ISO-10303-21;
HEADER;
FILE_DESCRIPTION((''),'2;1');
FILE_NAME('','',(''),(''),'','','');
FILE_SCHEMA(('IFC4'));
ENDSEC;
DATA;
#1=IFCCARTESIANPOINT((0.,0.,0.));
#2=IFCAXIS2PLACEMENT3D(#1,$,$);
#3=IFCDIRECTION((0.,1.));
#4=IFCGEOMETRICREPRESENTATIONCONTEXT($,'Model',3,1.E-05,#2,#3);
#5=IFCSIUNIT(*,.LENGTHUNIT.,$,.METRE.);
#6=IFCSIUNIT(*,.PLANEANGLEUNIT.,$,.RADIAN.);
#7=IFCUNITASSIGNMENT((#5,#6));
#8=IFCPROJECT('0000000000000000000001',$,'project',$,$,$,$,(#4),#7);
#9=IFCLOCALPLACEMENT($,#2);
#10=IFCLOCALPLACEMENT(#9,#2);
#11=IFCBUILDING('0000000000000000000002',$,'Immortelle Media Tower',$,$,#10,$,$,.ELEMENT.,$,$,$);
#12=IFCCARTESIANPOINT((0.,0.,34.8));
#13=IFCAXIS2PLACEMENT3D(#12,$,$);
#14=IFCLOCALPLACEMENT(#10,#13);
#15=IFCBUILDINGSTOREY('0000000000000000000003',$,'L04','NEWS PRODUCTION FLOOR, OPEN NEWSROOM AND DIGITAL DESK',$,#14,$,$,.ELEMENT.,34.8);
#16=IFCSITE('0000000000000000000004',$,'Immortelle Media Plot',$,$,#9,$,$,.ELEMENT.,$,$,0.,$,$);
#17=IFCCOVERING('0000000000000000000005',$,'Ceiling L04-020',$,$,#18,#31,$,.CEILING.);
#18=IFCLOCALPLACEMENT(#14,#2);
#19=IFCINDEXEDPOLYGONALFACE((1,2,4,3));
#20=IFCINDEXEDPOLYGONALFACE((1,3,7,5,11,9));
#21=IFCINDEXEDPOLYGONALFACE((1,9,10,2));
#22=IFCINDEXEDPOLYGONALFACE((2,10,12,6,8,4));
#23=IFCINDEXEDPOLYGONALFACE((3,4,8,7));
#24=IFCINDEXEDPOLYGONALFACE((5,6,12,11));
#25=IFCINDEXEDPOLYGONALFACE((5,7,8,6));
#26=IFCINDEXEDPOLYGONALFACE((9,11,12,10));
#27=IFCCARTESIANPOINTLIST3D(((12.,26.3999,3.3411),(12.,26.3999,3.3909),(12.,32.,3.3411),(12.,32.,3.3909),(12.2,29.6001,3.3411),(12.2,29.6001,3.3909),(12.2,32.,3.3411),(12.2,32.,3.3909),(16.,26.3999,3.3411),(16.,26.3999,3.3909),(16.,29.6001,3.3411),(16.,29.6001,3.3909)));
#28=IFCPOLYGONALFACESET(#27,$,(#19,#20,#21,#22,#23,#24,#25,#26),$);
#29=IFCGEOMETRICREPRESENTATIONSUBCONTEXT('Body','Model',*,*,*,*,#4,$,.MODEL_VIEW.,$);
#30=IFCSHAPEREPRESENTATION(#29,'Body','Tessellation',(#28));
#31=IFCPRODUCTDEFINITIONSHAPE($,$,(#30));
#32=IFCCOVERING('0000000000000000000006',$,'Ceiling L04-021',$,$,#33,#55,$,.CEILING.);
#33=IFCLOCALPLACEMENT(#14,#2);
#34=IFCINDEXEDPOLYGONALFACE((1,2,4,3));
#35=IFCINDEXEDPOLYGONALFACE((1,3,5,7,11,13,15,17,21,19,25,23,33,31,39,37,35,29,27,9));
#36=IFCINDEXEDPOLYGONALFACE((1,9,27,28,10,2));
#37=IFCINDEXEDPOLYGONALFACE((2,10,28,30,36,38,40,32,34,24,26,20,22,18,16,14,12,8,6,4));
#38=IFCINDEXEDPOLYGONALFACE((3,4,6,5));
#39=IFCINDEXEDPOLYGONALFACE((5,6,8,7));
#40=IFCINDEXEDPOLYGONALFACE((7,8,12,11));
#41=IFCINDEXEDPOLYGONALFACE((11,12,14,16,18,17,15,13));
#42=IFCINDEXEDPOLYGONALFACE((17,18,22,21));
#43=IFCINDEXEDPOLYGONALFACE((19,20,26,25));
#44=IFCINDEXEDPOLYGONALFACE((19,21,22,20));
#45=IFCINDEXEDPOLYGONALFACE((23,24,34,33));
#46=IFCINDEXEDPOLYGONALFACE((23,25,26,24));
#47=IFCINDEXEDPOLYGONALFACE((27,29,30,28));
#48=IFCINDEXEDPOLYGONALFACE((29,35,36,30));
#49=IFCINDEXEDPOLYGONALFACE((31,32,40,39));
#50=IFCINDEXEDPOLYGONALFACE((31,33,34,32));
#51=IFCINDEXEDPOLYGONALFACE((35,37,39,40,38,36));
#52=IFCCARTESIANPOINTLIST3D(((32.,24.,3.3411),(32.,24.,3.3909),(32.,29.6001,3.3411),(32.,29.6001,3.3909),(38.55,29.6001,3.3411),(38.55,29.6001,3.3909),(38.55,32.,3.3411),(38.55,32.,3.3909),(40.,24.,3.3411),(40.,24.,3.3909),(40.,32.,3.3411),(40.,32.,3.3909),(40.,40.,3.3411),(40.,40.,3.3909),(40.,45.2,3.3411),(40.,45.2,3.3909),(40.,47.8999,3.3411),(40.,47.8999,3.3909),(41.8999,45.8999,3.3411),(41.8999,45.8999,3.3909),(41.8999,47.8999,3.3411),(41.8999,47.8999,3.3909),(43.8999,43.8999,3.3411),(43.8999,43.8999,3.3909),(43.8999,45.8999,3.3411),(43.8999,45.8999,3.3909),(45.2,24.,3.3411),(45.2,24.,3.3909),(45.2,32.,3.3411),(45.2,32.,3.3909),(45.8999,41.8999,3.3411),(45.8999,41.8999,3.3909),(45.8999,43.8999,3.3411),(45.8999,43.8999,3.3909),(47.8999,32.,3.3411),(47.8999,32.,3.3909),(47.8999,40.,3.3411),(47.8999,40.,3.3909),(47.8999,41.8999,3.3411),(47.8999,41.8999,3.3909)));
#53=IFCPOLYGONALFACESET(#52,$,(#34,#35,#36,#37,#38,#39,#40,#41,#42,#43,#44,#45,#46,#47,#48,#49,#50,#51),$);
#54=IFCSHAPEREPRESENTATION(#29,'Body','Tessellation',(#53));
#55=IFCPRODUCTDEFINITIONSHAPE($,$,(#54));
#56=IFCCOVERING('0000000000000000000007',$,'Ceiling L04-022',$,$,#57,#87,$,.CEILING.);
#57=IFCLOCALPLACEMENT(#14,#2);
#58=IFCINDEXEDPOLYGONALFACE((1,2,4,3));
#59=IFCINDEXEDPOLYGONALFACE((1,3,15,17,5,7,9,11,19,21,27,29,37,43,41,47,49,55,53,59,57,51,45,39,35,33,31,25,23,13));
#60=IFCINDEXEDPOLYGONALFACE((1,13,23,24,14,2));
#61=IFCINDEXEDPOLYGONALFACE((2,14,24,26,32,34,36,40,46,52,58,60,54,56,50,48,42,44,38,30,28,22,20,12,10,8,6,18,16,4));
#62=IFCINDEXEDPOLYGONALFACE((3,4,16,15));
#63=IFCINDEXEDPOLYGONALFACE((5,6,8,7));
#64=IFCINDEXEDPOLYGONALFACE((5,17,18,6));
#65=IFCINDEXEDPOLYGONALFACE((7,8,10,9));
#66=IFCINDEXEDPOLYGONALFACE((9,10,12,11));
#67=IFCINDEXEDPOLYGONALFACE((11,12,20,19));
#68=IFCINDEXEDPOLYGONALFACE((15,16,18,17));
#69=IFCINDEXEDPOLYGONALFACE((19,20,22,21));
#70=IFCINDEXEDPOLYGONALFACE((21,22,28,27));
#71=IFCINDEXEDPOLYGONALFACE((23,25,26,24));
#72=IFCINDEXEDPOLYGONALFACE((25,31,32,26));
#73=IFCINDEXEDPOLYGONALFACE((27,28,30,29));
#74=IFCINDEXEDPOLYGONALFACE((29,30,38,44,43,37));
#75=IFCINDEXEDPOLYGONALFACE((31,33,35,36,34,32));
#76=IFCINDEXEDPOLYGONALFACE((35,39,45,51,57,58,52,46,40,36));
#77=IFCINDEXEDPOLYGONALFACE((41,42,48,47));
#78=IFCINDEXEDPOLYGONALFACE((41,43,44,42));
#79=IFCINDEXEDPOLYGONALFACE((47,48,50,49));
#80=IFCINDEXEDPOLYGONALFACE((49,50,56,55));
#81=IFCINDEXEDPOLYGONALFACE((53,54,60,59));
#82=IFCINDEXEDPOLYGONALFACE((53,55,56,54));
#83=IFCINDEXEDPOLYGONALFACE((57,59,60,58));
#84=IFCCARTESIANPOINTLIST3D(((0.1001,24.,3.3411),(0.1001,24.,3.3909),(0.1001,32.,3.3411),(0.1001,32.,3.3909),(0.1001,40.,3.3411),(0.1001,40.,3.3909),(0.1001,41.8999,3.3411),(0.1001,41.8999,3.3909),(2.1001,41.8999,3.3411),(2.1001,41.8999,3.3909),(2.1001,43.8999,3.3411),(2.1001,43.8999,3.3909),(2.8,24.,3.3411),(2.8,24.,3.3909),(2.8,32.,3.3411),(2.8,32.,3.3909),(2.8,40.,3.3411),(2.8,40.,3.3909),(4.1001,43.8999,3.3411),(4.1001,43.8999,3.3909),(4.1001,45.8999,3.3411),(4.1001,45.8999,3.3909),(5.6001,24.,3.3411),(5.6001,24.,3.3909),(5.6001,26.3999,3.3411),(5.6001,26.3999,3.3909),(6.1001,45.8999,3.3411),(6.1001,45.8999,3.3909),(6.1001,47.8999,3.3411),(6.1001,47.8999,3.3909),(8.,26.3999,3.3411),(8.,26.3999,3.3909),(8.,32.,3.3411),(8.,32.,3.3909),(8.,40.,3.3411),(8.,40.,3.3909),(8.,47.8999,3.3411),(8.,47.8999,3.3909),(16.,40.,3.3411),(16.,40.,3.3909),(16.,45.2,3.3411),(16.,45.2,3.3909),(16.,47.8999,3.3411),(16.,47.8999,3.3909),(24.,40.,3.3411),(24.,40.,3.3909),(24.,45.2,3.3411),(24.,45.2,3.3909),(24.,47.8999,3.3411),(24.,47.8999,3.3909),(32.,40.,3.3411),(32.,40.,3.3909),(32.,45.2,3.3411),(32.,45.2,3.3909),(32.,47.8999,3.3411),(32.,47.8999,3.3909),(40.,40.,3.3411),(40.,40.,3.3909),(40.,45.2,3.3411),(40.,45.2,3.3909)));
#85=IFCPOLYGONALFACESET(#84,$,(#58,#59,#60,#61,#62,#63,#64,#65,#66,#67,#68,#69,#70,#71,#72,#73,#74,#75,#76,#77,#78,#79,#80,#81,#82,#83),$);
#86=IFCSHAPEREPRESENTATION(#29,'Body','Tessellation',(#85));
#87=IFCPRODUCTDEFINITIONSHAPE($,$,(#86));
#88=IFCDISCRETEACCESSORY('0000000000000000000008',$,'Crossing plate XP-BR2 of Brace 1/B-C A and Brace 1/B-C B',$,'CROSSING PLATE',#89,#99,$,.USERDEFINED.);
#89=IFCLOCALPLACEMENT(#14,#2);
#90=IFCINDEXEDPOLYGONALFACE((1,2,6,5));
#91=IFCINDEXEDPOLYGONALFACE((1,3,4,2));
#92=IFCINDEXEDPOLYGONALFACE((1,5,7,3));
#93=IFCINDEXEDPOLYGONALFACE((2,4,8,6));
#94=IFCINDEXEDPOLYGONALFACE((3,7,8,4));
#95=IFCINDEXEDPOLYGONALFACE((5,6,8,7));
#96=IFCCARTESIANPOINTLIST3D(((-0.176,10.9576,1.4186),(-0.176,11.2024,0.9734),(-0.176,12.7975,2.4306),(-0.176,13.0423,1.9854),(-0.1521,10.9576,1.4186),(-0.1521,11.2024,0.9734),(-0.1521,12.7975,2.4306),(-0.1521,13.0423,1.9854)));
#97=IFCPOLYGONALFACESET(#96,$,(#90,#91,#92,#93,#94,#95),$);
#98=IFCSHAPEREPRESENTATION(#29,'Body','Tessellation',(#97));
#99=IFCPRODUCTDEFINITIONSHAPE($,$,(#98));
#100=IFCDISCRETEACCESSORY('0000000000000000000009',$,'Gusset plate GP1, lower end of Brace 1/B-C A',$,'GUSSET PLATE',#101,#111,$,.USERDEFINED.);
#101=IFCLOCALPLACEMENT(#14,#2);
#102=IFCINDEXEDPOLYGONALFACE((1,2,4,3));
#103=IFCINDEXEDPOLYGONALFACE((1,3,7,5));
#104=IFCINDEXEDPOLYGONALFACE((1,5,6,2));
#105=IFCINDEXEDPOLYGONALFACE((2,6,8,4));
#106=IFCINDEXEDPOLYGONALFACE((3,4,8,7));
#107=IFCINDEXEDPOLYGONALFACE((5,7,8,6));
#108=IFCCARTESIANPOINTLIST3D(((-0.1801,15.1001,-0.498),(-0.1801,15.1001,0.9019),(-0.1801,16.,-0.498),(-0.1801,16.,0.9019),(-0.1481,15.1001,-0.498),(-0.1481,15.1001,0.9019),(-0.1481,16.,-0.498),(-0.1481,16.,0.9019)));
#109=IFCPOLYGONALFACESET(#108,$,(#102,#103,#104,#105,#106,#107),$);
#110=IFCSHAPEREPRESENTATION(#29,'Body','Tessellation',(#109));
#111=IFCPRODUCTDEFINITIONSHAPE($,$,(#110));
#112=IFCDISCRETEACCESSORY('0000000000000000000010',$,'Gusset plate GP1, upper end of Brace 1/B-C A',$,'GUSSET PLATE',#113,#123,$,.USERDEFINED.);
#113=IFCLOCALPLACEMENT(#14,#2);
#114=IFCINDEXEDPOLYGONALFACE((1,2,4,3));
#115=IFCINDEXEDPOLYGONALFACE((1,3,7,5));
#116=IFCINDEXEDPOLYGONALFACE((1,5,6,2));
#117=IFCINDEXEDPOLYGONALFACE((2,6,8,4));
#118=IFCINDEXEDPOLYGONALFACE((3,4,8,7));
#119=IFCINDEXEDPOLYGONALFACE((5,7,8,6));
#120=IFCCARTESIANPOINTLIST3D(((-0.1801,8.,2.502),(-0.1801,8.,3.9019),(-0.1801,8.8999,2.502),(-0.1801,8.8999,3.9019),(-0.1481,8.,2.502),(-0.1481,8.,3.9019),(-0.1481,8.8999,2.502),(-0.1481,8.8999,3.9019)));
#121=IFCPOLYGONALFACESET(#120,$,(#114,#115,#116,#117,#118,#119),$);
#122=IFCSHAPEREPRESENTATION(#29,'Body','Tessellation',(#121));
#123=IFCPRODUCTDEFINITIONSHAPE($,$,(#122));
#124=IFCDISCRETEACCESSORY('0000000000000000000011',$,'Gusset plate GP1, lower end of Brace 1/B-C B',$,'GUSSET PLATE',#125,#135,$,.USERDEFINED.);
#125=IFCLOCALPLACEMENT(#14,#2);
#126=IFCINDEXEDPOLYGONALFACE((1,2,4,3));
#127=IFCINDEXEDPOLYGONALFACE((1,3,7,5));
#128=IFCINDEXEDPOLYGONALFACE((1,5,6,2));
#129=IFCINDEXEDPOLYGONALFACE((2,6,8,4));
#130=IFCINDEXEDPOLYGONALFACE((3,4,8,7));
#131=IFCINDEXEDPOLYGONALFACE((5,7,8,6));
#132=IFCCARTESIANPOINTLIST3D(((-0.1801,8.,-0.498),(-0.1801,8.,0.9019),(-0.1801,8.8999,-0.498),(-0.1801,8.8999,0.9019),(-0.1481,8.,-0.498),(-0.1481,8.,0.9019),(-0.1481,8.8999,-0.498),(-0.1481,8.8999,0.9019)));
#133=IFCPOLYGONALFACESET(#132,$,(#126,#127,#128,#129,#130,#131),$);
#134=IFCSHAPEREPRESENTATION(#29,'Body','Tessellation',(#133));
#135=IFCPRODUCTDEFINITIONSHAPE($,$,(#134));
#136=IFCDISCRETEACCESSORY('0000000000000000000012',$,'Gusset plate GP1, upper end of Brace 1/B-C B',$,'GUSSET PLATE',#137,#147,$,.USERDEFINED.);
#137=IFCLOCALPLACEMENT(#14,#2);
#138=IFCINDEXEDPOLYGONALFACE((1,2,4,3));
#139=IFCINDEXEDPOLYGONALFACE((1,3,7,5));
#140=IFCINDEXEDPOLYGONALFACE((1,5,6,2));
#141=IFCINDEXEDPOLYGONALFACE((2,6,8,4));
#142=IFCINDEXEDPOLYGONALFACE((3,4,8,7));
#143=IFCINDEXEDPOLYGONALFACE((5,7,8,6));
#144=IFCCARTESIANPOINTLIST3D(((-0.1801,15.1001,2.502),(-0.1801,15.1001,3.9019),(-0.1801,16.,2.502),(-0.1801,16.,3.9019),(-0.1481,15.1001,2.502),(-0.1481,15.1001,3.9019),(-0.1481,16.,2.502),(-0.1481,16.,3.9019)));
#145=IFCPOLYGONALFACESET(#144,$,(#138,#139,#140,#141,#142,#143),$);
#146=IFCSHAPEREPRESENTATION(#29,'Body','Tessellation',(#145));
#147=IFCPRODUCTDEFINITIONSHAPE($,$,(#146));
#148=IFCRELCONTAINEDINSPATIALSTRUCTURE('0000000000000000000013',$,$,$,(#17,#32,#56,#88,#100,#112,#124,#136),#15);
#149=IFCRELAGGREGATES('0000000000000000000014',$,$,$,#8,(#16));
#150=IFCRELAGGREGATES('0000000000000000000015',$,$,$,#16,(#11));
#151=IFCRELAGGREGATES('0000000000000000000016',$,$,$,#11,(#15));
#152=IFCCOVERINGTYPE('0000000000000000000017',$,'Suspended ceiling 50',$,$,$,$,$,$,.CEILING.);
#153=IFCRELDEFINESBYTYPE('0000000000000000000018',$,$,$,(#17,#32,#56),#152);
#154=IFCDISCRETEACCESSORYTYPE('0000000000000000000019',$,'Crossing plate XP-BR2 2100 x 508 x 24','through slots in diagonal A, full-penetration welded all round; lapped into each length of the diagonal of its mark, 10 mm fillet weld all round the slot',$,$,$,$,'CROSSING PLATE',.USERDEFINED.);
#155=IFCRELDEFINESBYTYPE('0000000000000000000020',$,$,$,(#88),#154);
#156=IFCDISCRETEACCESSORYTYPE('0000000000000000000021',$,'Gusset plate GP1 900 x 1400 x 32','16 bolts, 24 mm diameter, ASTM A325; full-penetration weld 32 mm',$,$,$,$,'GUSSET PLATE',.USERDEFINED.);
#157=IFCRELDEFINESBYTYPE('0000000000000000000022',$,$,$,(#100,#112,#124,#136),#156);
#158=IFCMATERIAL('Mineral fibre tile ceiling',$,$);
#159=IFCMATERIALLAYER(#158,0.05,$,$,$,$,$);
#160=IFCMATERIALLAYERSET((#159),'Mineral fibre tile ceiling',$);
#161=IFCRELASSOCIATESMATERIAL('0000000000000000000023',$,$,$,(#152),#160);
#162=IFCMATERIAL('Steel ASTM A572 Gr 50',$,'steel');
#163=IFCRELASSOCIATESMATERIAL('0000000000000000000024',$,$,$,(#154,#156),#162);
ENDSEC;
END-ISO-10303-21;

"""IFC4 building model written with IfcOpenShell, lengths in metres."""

from ifc_helpers import new_model, si_unit, direction, frame, origin, origin_2d, place, context, subcontext, project, spatial, polyline, rectangle, outline, extrude, material, layer, layer_set, material_profile, profile_set, type_object, element, save


model = new_model("IFC4")

# Units and contexts
model_context = context("Model", 3, precision=1e-05, world=origin(), true_north=direction((0.0, 1.0)))
body_context = subcontext(model_context, "Body", "Model", "MODEL_VIEW")
ifc_project = project(units=[si_unit("LENGTHUNIT", "METRE"), si_unit("PLANEANGLEUNIT", "RADIAN")], contexts=[model_context])

# Site, building, storey
site_placement = place(None, origin())
site = spatial("IfcSite", under=ifc_project, at=site_placement, Name="Immortelle Media Plot", CompositionType="ELEMENT", RefElevation=0.0)
building_placement = place(site_placement, origin())
building = spatial("IfcBuilding", under=site, at=building_placement, Name="Immortelle Media Tower", CompositionType="ELEMENT")
storey_placement = place(building_placement, frame((0.0, 0.0, 34.8)))
storey = spatial("IfcBuildingStorey", under=building, at=storey_placement, Name="L04", Description="NEWS PRODUCTION FLOOR, OPEN NEWSROOM AND DIGITAL DESK", CompositionType="ELEMENT", Elevation=34.8)

# Coverings
ifc_material_1 = material(Name="Mineral fibre tile ceiling")
ifc_layer_1 = layer(ifc_material_1, 0.05)
ifc_layer_set_1 = layer_set([ifc_layer_1], Name="Mineral fibre tile ceiling")
covering_type = type_object("IfcCoveringType", Name="Suspended ceiling 50", PredefinedType="CEILING", material=ifc_layer_set_1)
covering_1_placement = place(storey_placement, frame((0.0, 0.0, 3.3411)))
element("IfcCovering", 1, at=covering_1_placement, inside=storey, type_object=covering_type, Name="Ceiling L04-020", PredefinedType="CEILING", context=body_context, shape_type="SweptSolid", body=[
    extrude(outline(polyline([(12.2, 32.0), (12.2, 29.6001), (16.0, 29.6001), (16.0, 26.3999), (12.0, 26.3999), (12.0, 32.0), (12.2, 32.0)])), origin(), (0.0, 0.0, 1.0), 0.0498),
])
covering_2_placement = place(storey_placement, frame((0.0, 0.0, 3.3411)))
element("IfcCovering", 2, at=covering_2_placement, inside=storey, type_object=covering_type, Name="Ceiling L04-021", PredefinedType="CEILING", context=body_context, shape_type="SweptSolid", body=[
    extrude(outline(polyline([(38.55, 32.0), (40.0, 32.0), (40.0, 40.0), (40.0, 45.2), (40.0, 47.8999), (41.8999, 47.8999), (41.8999, 45.8999), (43.8999, 45.8999), (43.8999, 43.8999), (45.8999, 43.8999), (45.8999, 41.8999), (47.8999, 41.8999), (47.8999, 40.0), (47.8999, 32.0), (45.2, 32.0), (45.2, 24.0), (40.0, 24.0), (32.0, 24.0), (32.0, 29.6001), (38.55, 29.6001), (38.55, 32.0)])), origin(), (0.0, 0.0, 1.0), 0.0498),
])
covering_3_placement = place(storey_placement, frame((0.0, 0.0, 3.3411)))
element("IfcCovering", 3, at=covering_3_placement, inside=storey, type_object=covering_type, Name="Ceiling L04-022", PredefinedType="CEILING", context=body_context, shape_type="SweptSolid", body=[
    extrude(outline(polyline([(2.8, 40.0), (0.1001, 40.0), (0.1001, 41.8999), (2.1001, 41.8999), (2.1001, 43.8999), (4.1001, 43.8999), (4.1001, 45.8999), (6.1001, 45.8999), (6.1001, 47.8999), (8.0, 47.8999), (16.0, 47.8999), (16.0, 45.2), (24.0, 45.2), (24.0, 47.8999), (32.0, 47.8999), (32.0, 45.2), (40.0, 45.2), (40.0, 40.0), (32.0, 40.0), (24.0, 40.0), (16.0, 40.0), (8.0, 40.0), (8.0, 32.0), (8.0, 26.3999), (5.6001, 26.3999), (5.6001, 24.0), (2.8, 24.0), (0.1001, 24.0), (0.1001, 32.0), (2.8, 32.0), (2.8, 40.0)])), origin(), (0.0, 0.0, 1.0), 0.0498),
])

# Discrete accessories
ifc_material_2 = material(Name="Steel ASTM A572 Gr 50", Category="steel")
ifc_material_profile_1 = material_profile(ifc_material_2, rectangle(XDim=0.0239, YDim=0.5081, at=origin_2d()), Name="PL 24 x 508")
ifc_profile_set_1 = profile_set([ifc_material_profile_1], Name="Steel ASTM A572 Gr 50")
discrete_accessory_type_1 = type_object("IfcDiscreteAccessoryType", Name="Crossing plate XP-BR2 2100 x 508 x 24", Description="through slots in diagonal A, full-penetration welded all round; lapped into each length of the diagonal of its mark, 10 mm fillet weld all round the slot", ElementType="CROSSING PLATE", PredefinedType="USERDEFINED", material=ifc_profile_set_1)
discrete_accessory_placement = place(storey_placement, frame((-0.1641, 12.9199, 2.208), z_axis=(0.0, -0.876206, -0.481937), x_axis=(1.0, 0.0, 0.0)))
element("IfcDiscreteAccessory", 4, at=discrete_accessory_placement, inside=storey, type_object=discrete_accessory_type_1, Name="Crossing plate XP-BR2 of Brace 1/B-C A and Brace 1/B-C B", ObjectType="CROSSING PLATE", PredefinedType="USERDEFINED", context=body_context, shape_type="SweptSolid", body=[
    extrude(rectangle(XDim=0.0239, YDim=0.5081, at=origin_2d()), origin(), (0.0, 0.0, 1.0), 2.0999),
])
ifc_material_profile_2 = material_profile(ifc_material_2, rectangle(XDim=0.032, YDim=1.3999, at=origin_2d()), Name="PL 32 x 1400")
ifc_profile_set_2 = profile_set([ifc_material_profile_2], Name="Steel ASTM A572 Gr 50")
discrete_accessory_type_2 = type_object("IfcDiscreteAccessoryType", Name="Gusset plate GP1 900 x 1400 x 32", Description="16 bolts, 24 mm diameter, ASTM A325; full-penetration weld 32 mm", ElementType="GUSSET PLATE", PredefinedType="USERDEFINED", material=ifc_profile_set_2)
for number, where, z_axis, x_axis, name in (
    (5, (-0.1641, 16.0, 0.2019), (0.0, -1.0, 0.0), (1.0, 0.0, 0.0), "Gusset plate GP1, lower end of Brace 1/B-C A"),
    (6, (-0.1641, 8.0, 3.2019), (0.0, 1.0, 0.0), (-1.0, 0.0, 0.0), "Gusset plate GP1, upper end of Brace 1/B-C A"),
    (7, (-0.1641, 8.0, 0.2019), (0.0, 1.0, 0.0), (-1.0, 0.0, 0.0), "Gusset plate GP1, lower end of Brace 1/B-C B"),
    (8, (-0.1641, 16.0, 3.2019), (0.0, -1.0, 0.0), (1.0, 0.0, 0.0), "Gusset plate GP1, upper end of Brace 1/B-C B"),
):
    element("IfcDiscreteAccessory", number, at=place(storey_placement, frame(where, z_axis=z_axis, x_axis=x_axis)), inside=storey, type_object=discrete_accessory_type_2, Name=name, ObjectType="GUSSET PLATE", PredefinedType="USERDEFINED", context=body_context, shape_type="SweptSolid", body=[
        extrude(rectangle(XDim=0.032, YDim=1.3999, at=origin_2d()), origin(), (0.0, 0.0, 1.0), 0.8999),
    ])

save(model, "model.ifc")
